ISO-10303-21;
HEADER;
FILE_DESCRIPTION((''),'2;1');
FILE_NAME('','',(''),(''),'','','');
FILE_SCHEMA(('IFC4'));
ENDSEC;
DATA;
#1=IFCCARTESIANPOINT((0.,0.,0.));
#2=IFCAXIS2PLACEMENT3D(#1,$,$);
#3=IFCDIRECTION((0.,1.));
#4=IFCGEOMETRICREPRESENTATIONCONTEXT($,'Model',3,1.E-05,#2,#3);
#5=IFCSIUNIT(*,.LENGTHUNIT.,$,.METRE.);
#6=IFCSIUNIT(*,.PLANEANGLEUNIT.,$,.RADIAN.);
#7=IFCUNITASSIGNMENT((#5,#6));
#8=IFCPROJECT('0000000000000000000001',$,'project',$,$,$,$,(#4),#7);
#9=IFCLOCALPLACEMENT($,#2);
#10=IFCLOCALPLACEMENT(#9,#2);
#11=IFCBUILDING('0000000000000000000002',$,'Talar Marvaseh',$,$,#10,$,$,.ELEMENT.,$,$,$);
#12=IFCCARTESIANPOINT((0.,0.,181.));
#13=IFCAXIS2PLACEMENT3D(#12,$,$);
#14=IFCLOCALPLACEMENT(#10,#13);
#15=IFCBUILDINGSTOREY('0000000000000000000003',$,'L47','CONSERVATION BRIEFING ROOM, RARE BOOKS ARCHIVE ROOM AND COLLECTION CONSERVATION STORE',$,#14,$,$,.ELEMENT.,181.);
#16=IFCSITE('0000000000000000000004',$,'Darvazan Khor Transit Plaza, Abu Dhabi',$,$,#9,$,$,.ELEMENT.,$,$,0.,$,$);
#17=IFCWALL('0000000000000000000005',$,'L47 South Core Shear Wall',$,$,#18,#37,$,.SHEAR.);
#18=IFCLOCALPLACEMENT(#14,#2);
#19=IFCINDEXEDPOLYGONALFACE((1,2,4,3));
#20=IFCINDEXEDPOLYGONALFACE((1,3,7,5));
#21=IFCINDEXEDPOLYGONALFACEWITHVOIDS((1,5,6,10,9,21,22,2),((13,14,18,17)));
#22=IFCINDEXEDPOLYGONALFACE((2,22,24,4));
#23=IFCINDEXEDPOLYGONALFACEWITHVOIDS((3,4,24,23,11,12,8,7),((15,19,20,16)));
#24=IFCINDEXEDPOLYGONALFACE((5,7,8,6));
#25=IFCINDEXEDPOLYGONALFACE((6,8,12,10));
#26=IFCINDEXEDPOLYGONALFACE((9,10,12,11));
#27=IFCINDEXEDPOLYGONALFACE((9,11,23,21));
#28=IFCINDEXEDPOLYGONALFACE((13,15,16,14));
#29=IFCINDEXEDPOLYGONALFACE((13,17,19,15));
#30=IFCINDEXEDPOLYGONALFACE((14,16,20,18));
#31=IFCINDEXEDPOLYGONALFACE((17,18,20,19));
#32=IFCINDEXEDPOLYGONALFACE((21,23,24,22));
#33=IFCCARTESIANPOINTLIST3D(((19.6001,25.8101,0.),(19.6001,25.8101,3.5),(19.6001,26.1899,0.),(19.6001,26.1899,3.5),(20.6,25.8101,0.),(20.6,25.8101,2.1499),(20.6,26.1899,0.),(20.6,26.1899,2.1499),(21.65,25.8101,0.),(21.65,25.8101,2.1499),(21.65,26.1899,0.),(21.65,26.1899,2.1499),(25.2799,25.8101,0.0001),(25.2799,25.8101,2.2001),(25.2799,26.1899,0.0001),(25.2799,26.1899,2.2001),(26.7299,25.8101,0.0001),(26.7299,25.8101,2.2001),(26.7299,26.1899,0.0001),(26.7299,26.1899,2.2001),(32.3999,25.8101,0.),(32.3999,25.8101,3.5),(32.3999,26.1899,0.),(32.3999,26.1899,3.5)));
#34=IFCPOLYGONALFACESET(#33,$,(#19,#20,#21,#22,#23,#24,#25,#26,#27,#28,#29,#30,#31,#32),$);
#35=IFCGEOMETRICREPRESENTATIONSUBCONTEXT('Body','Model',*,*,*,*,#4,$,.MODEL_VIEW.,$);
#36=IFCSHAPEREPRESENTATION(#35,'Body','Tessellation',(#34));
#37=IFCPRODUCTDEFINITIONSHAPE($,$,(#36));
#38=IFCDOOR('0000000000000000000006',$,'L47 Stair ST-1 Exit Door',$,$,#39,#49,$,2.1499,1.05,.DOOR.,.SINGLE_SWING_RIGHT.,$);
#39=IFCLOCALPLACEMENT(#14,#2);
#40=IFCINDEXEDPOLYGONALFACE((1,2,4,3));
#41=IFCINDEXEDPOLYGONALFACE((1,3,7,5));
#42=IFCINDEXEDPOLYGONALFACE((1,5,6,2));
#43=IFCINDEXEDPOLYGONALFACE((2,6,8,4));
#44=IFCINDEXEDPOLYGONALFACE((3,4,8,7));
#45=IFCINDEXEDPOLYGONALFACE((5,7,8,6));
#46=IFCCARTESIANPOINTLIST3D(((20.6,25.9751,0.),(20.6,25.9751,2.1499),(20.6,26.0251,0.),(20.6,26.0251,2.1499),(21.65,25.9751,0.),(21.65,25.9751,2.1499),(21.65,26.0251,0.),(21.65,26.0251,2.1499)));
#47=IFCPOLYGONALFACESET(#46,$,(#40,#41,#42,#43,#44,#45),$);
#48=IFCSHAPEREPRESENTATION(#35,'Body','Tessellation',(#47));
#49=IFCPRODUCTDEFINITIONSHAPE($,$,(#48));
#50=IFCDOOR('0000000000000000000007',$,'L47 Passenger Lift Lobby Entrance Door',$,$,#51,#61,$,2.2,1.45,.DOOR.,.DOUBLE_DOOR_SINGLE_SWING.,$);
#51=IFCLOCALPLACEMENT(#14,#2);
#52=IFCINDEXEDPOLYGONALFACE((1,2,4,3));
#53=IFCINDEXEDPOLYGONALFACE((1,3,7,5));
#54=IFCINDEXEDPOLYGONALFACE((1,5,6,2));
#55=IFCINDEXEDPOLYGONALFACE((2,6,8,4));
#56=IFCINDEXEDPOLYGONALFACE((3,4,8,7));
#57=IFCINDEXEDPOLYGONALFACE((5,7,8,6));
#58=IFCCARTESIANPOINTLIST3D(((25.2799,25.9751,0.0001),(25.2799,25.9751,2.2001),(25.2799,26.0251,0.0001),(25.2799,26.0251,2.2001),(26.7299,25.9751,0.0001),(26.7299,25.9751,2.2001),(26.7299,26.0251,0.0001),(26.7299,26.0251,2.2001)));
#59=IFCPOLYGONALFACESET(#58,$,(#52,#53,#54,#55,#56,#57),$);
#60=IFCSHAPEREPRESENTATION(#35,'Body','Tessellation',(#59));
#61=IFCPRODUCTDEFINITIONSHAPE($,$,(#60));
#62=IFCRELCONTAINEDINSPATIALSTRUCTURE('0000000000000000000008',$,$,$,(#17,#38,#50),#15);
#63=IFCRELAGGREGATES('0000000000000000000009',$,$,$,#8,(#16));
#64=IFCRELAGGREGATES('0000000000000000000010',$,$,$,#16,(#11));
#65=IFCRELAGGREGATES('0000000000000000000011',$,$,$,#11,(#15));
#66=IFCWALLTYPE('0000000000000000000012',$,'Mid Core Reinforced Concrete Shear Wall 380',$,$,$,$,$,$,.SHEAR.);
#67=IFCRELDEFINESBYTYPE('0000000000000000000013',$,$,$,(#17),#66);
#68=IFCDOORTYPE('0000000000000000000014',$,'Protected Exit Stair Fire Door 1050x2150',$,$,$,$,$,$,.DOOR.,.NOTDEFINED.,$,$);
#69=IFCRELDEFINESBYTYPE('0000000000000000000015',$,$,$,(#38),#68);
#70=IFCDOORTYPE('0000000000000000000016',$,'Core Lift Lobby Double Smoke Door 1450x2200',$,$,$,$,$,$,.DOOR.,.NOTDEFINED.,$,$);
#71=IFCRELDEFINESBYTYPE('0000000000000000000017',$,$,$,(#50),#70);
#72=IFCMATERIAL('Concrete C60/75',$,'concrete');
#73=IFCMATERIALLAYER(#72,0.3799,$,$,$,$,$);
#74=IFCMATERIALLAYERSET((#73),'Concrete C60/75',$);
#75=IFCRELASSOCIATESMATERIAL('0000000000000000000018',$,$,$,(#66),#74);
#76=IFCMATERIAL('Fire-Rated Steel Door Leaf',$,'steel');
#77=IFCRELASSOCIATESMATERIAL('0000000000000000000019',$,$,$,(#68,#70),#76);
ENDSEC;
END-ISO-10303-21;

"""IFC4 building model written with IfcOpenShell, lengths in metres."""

from ifc_helpers import new_model, si_unit, direction, frame, frame_2d, origin, place, context, subcontext, project, spatial, rectangle, extrude, source, transform, mapped, material, layer, layer_set, type_object, type_shapes, element, fill, save


model = new_model("IFC4")

# Units and contexts
model_context = context("Model", 3, precision=1e-05, world=origin(), true_north=direction((0.0, 1.0)))
body_context = subcontext(model_context, "Body", "Model", "MODEL_VIEW")
ifc_project = project(units=[si_unit("LENGTHUNIT", "METRE"), si_unit("PLANEANGLEUNIT", "RADIAN")], contexts=[model_context])

# Site, building, storey
site_placement = place(None, origin())
site = spatial("IfcSite", under=ifc_project, at=site_placement, Name="Darvazan Khor Transit Plaza, Abu Dhabi", CompositionType="ELEMENT", RefElevation=0.0)
building_placement = place(site_placement, origin())
building = spatial("IfcBuilding", under=site, at=building_placement, Name="Talar Marvaseh", CompositionType="ELEMENT")
storey_placement = place(building_placement, frame((0.0, 0.0, 181.0)))
storey = spatial("IfcBuildingStorey", under=building, at=storey_placement, Name="L47", Description="CONSERVATION BRIEFING ROOM, RARE BOOKS ARCHIVE ROOM AND COLLECTION CONSERVATION STORE", CompositionType="ELEMENT", Elevation=181.0)

# Shared definitions
ifc_material_1 = material(Name="Concrete C60/75", Category="concrete")

# Wall, openings, doors
ifc_layer_1 = layer(ifc_material_1, 0.3799)
ifc_layer_set_1 = layer_set([ifc_layer_1], Name="Concrete C60/75")
wall_type_1 = type_object("IfcWallType", Name="Mid Core Reinforced Concrete Shear Wall 380", PredefinedType="SHEAR", material=ifc_layer_set_1)
wall_1_placement = place(storey_placement, frame((32.3999, 26.0, 0.0), z_axis=(0.0, 0.0, 1.0), x_axis=(-1.0, 0.0, 0.0)))
wall_1 = element("IfcWall", 1, at=wall_1_placement, inside=storey, type_object=wall_type_1, Name="L47 South Core Shear Wall", PredefinedType="SHEAR", context=body_context, shape_type="SweptSolid", body=[
    extrude(rectangle(XDim=12.7998, YDim=0.3799, at=frame_2d((6.3999, 0.0))), origin(), (0.0, 0.0, 1.0), 3.5),
])
opening_1_placement = place(wall_1_placement, frame((10.75, 0.0, 0.0)))
opening_1 = element("IfcOpeningElement", 2, at=opening_1_placement, cuts=wall_1, PredefinedType="OPENING", context=body_context, shape_type="SweptSolid", body=[
    extrude(rectangle(XDim=1.05, YDim=2.1499, at=frame_2d((0.5249, 1.075))), frame((0.0, 0.2, 0.0), z_axis=(0.0, -1.0, 0.0), x_axis=(1.0, 0.0, 0.0)), (0.0, 0.0, 1.0), 0.3999),
])
opening_2_placement = place(wall_1_placement, frame((5.6699, 0.0, 0.0)))
opening_2 = element("IfcOpeningElement", 3, at=opening_2_placement, cuts=wall_1, PredefinedType="OPENING", context=body_context, shape_type="SweptSolid", body=[
    extrude(rectangle(XDim=1.45, YDim=2.2, at=frame_2d((0.7251, 1.1001))), frame((0.0, 0.2, 0.0), z_axis=(0.0, -1.0, 0.0), x_axis=(1.0, 0.0, 0.0)), (0.0, 0.0, 1.0), 0.3999),
])
ifc_material_2 = material(Name="Fire-Rated Steel Door Leaf", Category="steel")
door_type_1 = type_object("IfcDoorType", Name="Protected Exit Stair Fire Door 1050x2150", OperationType="NOTDEFINED", PredefinedType="DOOR", material=ifc_material_2)
shared_shape_1 = source(origin(), body_context, "Body", "SweptSolid", [
    extrude(rectangle(XDim=1.05, YDim=2.1499, at=frame_2d((0.5249, 1.075))), frame((0.0, 0.0249, 0.0), z_axis=(0.0, -1.0, 0.0), x_axis=(1.0, 0.0, 0.0)), (0.0, 0.0, 1.0), 0.05),
])
type_shapes(door_type_1, [shared_shape_1])
door_1_placement = place(opening_1_placement, origin())
door_1 = element("IfcDoor", 4, at=door_1_placement, inside=storey, type_object=door_type_1, Name="L47 Stair ST-1 Exit Door", OperationType="SINGLE_SWING_RIGHT", OverallHeight=2.1499, OverallWidth=1.05, PredefinedType="DOOR", context=body_context, shape_type="MappedRepresentation", body=[
    mapped(shared_shape_1, transform((0.0, 0.0, 0.0), x_axis=(1.0, 0.0, 0.0), y_axis=(0.0, 1.0, 0.0), z_axis=(0.0, 0.0, 1.0), scale=1.0)),
])
fill(opening_1, door_1)
door_type_2 = type_object("IfcDoorType", Name="Core Lift Lobby Double Smoke Door 1450x2200", OperationType="NOTDEFINED", PredefinedType="DOOR", material=ifc_material_2)
shared_shape_2 = source(origin(), body_context, "Body", "SweptSolid", [
    extrude(rectangle(XDim=1.45, YDim=2.2, at=frame_2d((0.7251, 1.1001))), frame((0.0, 0.0249, 0.0), z_axis=(0.0, -1.0, 0.0), x_axis=(1.0, 0.0, 0.0)), (0.0, 0.0, 1.0), 0.05),
])
type_shapes(door_type_2, [shared_shape_2])
door_2_placement = place(opening_2_placement, origin())
door_2 = element("IfcDoor", 5, at=door_2_placement, inside=storey, type_object=door_type_2, Name="L47 Passenger Lift Lobby Entrance Door", OperationType="DOUBLE_DOOR_SINGLE_SWING", OverallHeight=2.2, OverallWidth=1.45, PredefinedType="DOOR", context=body_context, shape_type="MappedRepresentation", body=[
    mapped(shared_shape_2, transform((0.0, 0.0, 0.0), x_axis=(1.0, 0.0, 0.0), y_axis=(0.0, 1.0, 0.0), z_axis=(0.0, 0.0, 1.0), scale=1.0)),
])
fill(opening_2, door_2)

save(model, "model.ifc")
